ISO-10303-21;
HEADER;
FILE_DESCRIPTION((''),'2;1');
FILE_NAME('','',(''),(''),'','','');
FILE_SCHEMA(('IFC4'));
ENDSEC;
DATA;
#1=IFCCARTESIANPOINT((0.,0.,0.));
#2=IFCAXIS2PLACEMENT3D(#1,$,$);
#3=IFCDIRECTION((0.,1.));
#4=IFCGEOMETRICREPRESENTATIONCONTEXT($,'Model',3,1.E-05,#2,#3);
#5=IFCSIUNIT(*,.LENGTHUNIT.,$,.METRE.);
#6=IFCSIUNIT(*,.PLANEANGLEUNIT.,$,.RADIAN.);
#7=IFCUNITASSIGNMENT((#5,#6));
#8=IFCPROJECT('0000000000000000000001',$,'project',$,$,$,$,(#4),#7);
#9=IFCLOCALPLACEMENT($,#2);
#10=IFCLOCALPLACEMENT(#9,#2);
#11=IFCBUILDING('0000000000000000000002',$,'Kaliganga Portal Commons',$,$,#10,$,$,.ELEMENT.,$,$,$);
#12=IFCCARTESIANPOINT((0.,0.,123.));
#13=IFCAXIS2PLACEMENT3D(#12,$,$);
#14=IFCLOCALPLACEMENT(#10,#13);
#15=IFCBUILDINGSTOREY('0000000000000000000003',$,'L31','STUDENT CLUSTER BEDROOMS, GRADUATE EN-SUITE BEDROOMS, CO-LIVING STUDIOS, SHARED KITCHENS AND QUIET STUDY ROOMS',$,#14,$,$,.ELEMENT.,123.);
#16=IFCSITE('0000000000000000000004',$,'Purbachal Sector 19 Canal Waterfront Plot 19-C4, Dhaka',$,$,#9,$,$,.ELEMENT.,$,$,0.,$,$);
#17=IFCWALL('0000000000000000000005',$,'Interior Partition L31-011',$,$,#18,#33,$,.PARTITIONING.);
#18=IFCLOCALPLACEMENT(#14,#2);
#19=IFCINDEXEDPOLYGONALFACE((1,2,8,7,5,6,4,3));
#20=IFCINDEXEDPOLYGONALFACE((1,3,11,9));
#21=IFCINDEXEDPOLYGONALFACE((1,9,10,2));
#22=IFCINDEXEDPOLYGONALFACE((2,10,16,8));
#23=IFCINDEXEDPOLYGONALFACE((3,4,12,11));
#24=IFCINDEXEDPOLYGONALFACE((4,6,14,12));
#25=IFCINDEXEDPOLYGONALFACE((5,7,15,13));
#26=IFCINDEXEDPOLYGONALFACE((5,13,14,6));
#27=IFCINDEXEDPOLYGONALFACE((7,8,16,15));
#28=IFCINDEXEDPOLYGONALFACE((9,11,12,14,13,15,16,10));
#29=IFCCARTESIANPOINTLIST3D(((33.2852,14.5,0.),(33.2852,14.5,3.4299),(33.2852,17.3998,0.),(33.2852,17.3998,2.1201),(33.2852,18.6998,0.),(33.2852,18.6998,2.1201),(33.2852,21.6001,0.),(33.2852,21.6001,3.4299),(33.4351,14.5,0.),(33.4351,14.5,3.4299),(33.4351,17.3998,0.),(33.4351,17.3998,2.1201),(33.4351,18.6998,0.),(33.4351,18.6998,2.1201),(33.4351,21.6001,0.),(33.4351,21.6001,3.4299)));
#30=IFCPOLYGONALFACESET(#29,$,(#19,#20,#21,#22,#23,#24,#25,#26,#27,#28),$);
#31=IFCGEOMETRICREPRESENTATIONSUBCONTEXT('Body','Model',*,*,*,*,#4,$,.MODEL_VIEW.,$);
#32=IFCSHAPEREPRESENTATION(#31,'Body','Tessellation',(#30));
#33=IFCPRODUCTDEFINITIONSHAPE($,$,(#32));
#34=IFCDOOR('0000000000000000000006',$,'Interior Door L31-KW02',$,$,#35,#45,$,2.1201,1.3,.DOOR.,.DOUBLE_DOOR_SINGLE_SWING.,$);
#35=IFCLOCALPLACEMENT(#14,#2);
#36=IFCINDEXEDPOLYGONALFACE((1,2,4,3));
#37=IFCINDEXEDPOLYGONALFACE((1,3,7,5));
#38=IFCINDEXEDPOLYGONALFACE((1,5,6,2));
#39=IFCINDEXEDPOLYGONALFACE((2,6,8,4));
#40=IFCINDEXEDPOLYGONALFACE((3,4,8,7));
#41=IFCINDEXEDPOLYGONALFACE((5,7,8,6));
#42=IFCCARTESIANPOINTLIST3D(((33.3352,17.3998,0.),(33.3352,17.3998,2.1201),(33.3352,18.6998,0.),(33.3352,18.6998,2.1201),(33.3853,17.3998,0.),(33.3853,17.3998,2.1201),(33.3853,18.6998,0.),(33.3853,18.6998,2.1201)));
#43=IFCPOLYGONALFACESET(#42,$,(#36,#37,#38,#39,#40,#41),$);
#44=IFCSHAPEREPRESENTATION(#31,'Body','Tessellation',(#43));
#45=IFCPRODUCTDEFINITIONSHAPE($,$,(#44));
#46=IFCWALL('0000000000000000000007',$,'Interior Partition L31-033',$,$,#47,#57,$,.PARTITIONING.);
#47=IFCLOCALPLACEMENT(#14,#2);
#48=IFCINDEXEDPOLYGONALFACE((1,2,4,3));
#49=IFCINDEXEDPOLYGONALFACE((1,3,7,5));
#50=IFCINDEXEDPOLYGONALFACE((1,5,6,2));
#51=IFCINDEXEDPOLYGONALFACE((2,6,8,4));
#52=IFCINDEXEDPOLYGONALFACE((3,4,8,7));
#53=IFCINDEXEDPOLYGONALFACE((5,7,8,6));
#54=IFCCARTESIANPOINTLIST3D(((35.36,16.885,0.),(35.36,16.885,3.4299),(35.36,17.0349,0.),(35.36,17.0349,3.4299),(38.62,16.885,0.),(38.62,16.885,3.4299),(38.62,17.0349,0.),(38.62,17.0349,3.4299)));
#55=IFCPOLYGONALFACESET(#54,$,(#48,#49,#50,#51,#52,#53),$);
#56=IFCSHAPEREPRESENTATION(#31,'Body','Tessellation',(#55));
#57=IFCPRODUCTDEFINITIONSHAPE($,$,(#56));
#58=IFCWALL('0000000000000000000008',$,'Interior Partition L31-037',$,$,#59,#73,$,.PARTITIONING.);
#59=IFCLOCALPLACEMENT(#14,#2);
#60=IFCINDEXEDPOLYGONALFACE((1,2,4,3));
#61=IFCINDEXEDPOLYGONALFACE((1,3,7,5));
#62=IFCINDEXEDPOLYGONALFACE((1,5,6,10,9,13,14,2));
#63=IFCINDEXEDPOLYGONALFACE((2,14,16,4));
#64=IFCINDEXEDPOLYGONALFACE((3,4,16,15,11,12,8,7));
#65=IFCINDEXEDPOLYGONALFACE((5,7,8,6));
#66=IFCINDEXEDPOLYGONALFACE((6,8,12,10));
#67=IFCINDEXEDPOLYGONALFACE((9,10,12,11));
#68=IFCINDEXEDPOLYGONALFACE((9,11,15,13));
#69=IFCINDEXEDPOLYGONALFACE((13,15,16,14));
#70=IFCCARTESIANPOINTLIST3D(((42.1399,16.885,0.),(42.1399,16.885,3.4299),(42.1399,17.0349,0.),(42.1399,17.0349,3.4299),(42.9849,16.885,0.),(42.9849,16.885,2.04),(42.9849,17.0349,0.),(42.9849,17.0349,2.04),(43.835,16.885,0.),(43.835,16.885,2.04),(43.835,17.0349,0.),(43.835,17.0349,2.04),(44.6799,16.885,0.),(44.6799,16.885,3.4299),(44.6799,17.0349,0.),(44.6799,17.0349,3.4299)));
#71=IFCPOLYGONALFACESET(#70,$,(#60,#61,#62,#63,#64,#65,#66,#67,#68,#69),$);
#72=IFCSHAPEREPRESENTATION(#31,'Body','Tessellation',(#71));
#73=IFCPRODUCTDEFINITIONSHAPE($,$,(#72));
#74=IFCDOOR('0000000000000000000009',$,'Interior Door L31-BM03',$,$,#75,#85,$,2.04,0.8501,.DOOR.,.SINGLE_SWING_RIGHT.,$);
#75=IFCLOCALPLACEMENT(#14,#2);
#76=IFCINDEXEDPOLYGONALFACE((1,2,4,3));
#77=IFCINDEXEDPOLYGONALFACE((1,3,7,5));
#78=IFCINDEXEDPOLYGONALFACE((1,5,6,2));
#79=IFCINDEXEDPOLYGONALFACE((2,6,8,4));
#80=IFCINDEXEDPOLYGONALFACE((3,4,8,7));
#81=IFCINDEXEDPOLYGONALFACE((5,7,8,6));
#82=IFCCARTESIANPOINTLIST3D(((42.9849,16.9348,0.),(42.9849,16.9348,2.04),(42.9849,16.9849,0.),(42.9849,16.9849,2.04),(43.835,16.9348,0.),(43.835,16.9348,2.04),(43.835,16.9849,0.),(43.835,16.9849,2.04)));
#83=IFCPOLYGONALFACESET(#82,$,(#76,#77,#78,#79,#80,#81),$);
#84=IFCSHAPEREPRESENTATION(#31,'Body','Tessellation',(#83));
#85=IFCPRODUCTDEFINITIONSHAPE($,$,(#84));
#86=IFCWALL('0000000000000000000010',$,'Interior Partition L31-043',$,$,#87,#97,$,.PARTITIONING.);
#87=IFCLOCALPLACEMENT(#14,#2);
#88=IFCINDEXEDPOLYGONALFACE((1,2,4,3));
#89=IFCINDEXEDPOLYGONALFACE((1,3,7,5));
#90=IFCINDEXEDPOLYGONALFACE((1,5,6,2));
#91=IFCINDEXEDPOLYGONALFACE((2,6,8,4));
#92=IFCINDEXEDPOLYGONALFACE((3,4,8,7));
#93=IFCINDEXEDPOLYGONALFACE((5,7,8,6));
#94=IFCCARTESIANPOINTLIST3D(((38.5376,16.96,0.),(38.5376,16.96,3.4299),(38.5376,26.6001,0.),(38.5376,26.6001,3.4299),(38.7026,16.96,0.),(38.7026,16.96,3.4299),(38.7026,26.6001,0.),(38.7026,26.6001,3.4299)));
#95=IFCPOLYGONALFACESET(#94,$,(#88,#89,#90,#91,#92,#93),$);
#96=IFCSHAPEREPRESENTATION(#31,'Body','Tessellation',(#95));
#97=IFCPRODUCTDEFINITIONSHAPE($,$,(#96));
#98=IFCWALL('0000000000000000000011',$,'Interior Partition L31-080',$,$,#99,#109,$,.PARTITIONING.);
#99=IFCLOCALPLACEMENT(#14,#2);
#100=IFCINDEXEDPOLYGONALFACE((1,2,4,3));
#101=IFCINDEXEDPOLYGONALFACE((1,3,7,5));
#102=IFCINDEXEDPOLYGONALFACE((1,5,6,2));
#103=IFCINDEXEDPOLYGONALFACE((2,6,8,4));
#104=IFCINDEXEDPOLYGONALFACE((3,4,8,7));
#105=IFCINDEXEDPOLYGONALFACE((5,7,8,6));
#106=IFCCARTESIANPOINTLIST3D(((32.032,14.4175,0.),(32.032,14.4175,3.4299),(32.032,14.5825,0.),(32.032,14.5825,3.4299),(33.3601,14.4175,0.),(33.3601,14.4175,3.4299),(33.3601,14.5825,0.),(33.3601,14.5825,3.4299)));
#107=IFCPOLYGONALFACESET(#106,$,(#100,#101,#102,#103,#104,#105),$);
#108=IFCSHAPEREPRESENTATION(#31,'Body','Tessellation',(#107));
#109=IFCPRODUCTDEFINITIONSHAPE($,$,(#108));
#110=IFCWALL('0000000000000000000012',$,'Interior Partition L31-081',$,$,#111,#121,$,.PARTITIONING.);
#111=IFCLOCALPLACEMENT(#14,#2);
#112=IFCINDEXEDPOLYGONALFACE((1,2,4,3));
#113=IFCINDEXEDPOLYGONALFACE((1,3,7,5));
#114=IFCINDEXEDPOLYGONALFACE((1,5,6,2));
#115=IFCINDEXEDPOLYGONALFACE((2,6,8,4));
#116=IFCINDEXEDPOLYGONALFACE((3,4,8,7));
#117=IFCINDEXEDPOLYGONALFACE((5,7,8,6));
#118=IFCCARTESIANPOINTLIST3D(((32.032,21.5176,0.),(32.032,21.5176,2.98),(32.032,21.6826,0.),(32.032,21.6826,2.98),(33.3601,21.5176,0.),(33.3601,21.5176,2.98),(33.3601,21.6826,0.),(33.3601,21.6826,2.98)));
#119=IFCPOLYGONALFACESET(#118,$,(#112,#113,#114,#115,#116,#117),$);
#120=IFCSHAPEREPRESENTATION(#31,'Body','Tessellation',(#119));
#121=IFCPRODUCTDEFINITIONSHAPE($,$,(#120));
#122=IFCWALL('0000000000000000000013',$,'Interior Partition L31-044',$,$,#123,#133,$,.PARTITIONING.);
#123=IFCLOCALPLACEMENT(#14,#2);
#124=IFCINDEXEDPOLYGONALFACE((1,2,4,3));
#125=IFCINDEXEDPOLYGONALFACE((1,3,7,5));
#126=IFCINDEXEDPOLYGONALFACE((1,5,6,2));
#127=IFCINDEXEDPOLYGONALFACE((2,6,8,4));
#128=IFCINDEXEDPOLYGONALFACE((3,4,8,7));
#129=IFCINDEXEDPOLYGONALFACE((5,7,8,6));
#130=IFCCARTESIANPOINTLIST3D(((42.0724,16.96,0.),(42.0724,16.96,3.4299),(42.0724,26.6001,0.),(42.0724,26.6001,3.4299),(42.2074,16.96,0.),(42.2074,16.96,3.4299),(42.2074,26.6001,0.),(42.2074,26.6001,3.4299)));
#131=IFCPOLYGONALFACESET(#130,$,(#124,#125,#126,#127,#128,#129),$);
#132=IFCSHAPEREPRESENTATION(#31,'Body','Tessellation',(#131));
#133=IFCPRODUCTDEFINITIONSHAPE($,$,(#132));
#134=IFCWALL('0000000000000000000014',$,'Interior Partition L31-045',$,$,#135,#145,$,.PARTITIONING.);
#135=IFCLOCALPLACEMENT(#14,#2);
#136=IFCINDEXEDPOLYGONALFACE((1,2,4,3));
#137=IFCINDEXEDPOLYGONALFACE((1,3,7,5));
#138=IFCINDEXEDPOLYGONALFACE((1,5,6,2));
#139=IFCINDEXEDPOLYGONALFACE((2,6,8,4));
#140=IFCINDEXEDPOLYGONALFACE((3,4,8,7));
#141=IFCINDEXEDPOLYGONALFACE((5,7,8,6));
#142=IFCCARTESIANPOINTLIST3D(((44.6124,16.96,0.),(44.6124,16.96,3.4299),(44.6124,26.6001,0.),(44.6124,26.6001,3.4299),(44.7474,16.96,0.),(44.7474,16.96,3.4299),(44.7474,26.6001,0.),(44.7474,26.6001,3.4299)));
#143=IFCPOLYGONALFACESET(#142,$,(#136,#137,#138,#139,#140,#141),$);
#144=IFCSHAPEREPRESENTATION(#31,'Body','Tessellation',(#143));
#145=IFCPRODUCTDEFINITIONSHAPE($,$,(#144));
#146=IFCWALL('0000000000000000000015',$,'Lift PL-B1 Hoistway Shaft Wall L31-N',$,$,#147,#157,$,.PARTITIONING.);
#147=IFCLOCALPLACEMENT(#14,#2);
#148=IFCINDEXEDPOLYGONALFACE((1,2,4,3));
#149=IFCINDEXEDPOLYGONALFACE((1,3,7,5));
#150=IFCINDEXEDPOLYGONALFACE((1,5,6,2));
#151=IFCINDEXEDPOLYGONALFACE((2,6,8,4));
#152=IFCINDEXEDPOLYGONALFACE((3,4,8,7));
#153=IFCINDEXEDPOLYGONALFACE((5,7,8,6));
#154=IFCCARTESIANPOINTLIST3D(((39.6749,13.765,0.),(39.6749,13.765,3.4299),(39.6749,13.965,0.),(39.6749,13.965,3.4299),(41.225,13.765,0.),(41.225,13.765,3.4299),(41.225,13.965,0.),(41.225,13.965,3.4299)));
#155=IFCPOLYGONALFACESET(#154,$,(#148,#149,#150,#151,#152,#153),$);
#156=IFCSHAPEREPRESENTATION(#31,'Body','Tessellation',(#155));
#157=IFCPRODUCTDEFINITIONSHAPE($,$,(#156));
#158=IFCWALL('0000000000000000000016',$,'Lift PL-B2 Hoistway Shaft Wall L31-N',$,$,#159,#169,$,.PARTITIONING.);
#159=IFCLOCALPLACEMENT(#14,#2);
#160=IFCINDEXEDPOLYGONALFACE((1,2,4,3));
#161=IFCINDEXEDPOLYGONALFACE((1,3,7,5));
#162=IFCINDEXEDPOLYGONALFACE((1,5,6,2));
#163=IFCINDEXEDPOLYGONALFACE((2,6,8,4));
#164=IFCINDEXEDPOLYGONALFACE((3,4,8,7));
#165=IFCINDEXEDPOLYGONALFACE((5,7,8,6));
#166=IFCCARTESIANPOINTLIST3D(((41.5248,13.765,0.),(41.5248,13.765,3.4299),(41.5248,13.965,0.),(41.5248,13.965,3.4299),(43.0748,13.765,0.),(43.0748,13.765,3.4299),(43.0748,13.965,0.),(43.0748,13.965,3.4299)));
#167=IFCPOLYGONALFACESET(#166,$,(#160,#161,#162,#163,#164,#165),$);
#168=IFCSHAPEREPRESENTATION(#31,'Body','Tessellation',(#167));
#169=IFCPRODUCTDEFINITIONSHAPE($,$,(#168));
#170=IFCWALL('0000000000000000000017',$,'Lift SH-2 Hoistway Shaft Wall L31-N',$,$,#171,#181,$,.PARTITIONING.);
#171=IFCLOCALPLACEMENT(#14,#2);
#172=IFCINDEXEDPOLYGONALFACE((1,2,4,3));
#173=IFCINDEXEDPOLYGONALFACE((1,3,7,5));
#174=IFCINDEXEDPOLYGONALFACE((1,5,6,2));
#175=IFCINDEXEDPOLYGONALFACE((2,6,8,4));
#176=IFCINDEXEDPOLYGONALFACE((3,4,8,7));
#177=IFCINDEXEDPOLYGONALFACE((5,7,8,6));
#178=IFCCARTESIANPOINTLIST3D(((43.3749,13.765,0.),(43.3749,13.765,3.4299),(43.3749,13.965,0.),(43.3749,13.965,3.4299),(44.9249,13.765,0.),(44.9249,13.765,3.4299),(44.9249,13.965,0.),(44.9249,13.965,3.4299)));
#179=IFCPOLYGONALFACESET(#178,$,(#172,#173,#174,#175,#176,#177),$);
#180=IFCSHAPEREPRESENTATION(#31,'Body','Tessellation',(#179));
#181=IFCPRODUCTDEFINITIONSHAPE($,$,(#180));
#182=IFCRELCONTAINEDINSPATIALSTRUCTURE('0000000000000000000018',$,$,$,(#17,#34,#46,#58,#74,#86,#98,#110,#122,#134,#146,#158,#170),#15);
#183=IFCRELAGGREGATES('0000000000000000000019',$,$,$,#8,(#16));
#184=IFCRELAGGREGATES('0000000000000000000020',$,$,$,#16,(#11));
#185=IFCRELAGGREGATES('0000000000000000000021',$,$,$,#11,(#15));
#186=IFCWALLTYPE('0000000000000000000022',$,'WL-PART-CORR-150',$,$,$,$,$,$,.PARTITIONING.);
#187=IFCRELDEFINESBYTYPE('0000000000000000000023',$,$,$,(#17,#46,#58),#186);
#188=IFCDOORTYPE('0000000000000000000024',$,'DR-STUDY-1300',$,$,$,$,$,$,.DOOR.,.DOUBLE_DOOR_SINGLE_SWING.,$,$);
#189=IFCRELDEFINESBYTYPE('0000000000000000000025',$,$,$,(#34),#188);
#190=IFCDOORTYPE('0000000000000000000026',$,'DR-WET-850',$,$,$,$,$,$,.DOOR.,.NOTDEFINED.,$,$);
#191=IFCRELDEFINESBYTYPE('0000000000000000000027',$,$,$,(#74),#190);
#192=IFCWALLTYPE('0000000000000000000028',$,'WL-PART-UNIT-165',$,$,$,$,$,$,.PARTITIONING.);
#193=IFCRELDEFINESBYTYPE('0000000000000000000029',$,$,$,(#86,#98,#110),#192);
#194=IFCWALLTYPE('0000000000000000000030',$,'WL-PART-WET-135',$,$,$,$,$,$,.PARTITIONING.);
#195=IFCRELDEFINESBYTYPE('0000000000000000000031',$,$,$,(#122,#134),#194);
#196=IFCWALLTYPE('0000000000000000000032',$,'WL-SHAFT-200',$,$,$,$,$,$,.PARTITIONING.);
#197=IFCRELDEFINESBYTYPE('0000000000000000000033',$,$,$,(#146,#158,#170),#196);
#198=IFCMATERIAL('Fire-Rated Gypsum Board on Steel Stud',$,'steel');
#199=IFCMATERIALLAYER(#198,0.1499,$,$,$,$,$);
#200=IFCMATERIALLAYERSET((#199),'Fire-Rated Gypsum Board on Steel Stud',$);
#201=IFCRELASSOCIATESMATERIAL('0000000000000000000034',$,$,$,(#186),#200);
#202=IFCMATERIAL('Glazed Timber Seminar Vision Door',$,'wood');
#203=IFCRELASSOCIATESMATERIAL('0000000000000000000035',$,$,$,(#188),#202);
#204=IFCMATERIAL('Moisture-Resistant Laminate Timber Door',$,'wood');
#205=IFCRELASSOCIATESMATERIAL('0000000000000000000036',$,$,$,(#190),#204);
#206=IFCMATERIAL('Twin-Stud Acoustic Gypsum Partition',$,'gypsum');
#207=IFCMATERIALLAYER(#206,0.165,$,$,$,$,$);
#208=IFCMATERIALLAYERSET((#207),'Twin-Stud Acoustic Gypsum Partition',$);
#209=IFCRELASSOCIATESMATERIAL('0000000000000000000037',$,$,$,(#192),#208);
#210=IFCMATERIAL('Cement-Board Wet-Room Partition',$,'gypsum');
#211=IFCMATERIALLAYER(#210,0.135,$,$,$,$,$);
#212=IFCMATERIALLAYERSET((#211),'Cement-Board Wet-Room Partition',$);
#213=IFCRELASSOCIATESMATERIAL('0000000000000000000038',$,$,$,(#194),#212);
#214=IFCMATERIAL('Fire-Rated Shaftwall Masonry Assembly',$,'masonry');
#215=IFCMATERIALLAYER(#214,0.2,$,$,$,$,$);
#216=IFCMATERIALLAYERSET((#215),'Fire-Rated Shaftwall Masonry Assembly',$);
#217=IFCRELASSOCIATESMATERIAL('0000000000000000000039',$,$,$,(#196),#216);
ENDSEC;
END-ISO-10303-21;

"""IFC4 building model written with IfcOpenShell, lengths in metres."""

from ifc_helpers import new_model, si_unit, direction, frame, frame_2d, origin, place, context, subcontext, project, spatial, rectangle, extrude, material, layer, layer_set, type_object, element, fill, save


model = new_model("IFC4")

# Units and contexts
model_context = context("Model", 3, precision=1e-05, world=origin(), true_north=direction((0.0, 1.0)))
body_context = subcontext(model_context, "Body", "Model", "MODEL_VIEW")
ifc_project = project(units=[si_unit("LENGTHUNIT", "METRE"), si_unit("PLANEANGLEUNIT", "RADIAN")], contexts=[model_context])

# Site, building, storey
site_placement = place(None, origin())
site = spatial("IfcSite", under=ifc_project, at=site_placement, Name="Purbachal Sector 19 Canal Waterfront Plot 19-C4, Dhaka", CompositionType="ELEMENT", RefElevation=0.0)
building_placement = place(site_placement, origin())
building = spatial("IfcBuilding", under=site, at=building_placement, Name="Kaliganga Portal Commons", CompositionType="ELEMENT")
storey_placement = place(building_placement, frame((0.0, 0.0, 123.0)))
storey = spatial("IfcBuildingStorey", under=building, at=storey_placement, Name="L31", Description="STUDENT CLUSTER BEDROOMS, GRADUATE EN-SUITE BEDROOMS, CO-LIVING STUDIOS, SHARED KITCHENS AND QUIET STUDY ROOMS", CompositionType="ELEMENT", Elevation=123.0)

# Wall, opening, door
ifc_material_1 = material(Name="Fire-Rated Gypsum Board on Steel Stud", Category="steel")
ifc_layer_1 = layer(ifc_material_1, 0.1499)
ifc_layer_set_1 = layer_set([ifc_layer_1], Name="Fire-Rated Gypsum Board on Steel Stud")
wall_type_1 = type_object("IfcWallType", Name="WL-PART-CORR-150", PredefinedType="PARTITIONING", material=ifc_layer_set_1)
ifc_material_2 = material(Name="Glazed Timber Seminar Vision Door", Category="wood")
door_type_1 = type_object("IfcDoorType", Name="DR-STUDY-1300", OperationType="DOUBLE_DOOR_SINGLE_SWING", PredefinedType="DOOR", material=ifc_material_2)
wall_1_placement = place(storey_placement, frame((33.3601, 14.5, 0.0), z_axis=(0.0, 0.0, 1.0), x_axis=(0.0, 1.0, 0.0)))
wall_1 = element("IfcWall", 1, at=wall_1_placement, inside=storey, type_object=wall_type_1, Name="Interior Partition L31-011", PredefinedType="PARTITIONING", context=body_context, shape_type="SweptSolid", body=[
    extrude(rectangle(XDim=7.1001, YDim=0.1499, at=frame_2d((3.55, 0.0))), origin(), (0.0, 0.0, 1.0), 3.4299),
])
opening_1_placement = place(wall_1_placement, frame((2.8999, 0.0, 0.0)))
opening_1 = element("IfcOpeningElement", 2, at=opening_1_placement, cuts=wall_1, PredefinedType="OPENING", context=body_context, shape_type="SweptSolid", body=[
    extrude(rectangle(XDim=1.3, YDim=2.1201, at=frame_2d((0.6499, 1.0601))), frame((0.0, 0.085, 0.0), z_axis=(0.0, -1.0, 0.0), x_axis=(1.0, 0.0, 0.0)), (0.0, 0.0, 1.0), 0.1699),
])
door_1_placement = place(opening_1_placement, origin())
door_1 = element("IfcDoor", 3, at=door_1_placement, inside=storey, type_object=door_type_1, Name="Interior Door L31-KW02", OperationType="DOUBLE_DOOR_SINGLE_SWING", OverallHeight=2.1201, OverallWidth=1.3, PredefinedType="DOOR", context=body_context, shape_type="SweptSolid", body=[
    extrude(rectangle(XDim=1.3, YDim=2.1201, at=frame_2d((0.6499, 1.0601))), frame((0.0, 0.0249, 0.0), z_axis=(0.0, -1.0, 0.0), x_axis=(1.0, 0.0, 0.0)), (0.0, 0.0, 1.0), 0.05),
])
fill(opening_1, door_1)

# Wall
wall_2_placement = place(storey_placement, frame((35.3601, 16.96, 0.0), z_axis=(0.0, 0.0, 1.0), x_axis=(1.0, 0.0, 0.0)))
element("IfcWall", 4, at=wall_2_placement, inside=storey, type_object=wall_type_1, Name="Interior Partition L31-033", PredefinedType="PARTITIONING", context=body_context, shape_type="SweptSolid", body=[
    extrude(rectangle(XDim=3.26, YDim=0.1499, at=frame_2d((1.6299, 0.0))), origin(), (0.0, 0.0, 1.0), 3.4299),
])

# Wall, opening, door
wall_3_placement = place(storey_placement, frame((42.1399, 16.96, 0.0), z_axis=(0.0, 0.0, 1.0), x_axis=(1.0, 0.0, 0.0)))
wall_3 = element("IfcWall", 5, at=wall_3_placement, inside=storey, type_object=wall_type_1, Name="Interior Partition L31-037", PredefinedType="PARTITIONING", context=body_context, shape_type="SweptSolid", body=[
    extrude(rectangle(XDim=2.54, YDim=0.1499, at=frame_2d((1.27, 0.0))), origin(), (0.0, 0.0, 1.0), 3.4299),
])
opening_2_placement = place(wall_3_placement, frame((0.845, 0.0, 0.0)))
opening_2 = element("IfcOpeningElement", 6, at=opening_2_placement, cuts=wall_3, PredefinedType="OPENING", context=body_context, shape_type="SweptSolid", body=[
    extrude(rectangle(XDim=0.8501, YDim=2.04, at=frame_2d((0.425, 1.02))), frame((0.0, 0.085, 0.0), z_axis=(0.0, -1.0, 0.0), x_axis=(1.0, 0.0, 0.0)), (0.0, 0.0, 1.0), 0.1699),
])
ifc_material_3 = material(Name="Moisture-Resistant Laminate Timber Door", Category="wood")
door_type_2 = type_object("IfcDoorType", Name="DR-WET-850", OperationType="NOTDEFINED", PredefinedType="DOOR", material=ifc_material_3)
door_2_placement = place(opening_2_placement, origin())
door_2 = element("IfcDoor", 7, at=door_2_placement, inside=storey, type_object=door_type_2, Name="Interior Door L31-BM03", OperationType="SINGLE_SWING_RIGHT", OverallHeight=2.04, OverallWidth=0.8501, PredefinedType="DOOR", context=body_context, shape_type="SweptSolid", body=[
    extrude(rectangle(XDim=0.8501, YDim=2.04, at=frame_2d((0.425, 1.02))), frame((0.0, 0.0249, 0.0), z_axis=(0.0, -1.0, 0.0), x_axis=(1.0, 0.0, 0.0)), (0.0, 0.0, 1.0), 0.05),
])
fill(opening_2, door_2)

# Walls
ifc_material_4 = material(Name="Twin-Stud Acoustic Gypsum Partition", Category="gypsum")
ifc_layer_2 = layer(ifc_material_4, 0.165)
ifc_layer_set_2 = layer_set([ifc_layer_2], Name="Twin-Stud Acoustic Gypsum Partition")
wall_type_2 = type_object("IfcWallType", Name="WL-PART-UNIT-165", PredefinedType="PARTITIONING", material=ifc_layer_set_2)
wall_4_placement = place(storey_placement, frame((38.6201, 16.96, 0.0), z_axis=(0.0, 0.0, 1.0), x_axis=(0.0, 1.0, 0.0)))
element("IfcWall", 8, at=wall_4_placement, inside=storey, type_object=wall_type_2, Name="Interior Partition L31-043", PredefinedType="PARTITIONING", context=body_context, shape_type="SweptSolid", body=[
    extrude(rectangle(XDim=9.6401, YDim=0.165, at=frame_2d((4.8201, 0.0))), origin(), (0.0, 0.0, 1.0), 3.4299),
])
wall_5_placement = place(storey_placement, frame((32.032, 14.5, 0.0), z_axis=(0.0, 0.0, 1.0), x_axis=(1.0, 0.0, 0.0)))
element("IfcWall", 9, at=wall_5_placement, inside=storey, type_object=wall_type_2, Name="Interior Partition L31-080", PredefinedType="PARTITIONING", context=body_context, shape_type="SweptSolid", body=[
    extrude(rectangle(XDim=1.3281, YDim=0.165, at=frame_2d((0.6641, 0.0))), origin(), (0.0, 0.0, 1.0), 3.4299),
])
wall_6_placement = place(storey_placement, frame((32.032, 21.6001, 0.0), z_axis=(0.0, 0.0, 1.0), x_axis=(1.0, 0.0, 0.0)))
element("IfcWall", 10, at=wall_6_placement, inside=storey, type_object=wall_type_2, Name="Interior Partition L31-081", PredefinedType="PARTITIONING", context=body_context, shape_type="SweptSolid", body=[
    extrude(rectangle(XDim=1.3281, YDim=0.165, at=frame_2d((0.6641, 0.0))), origin(), (0.0, 0.0, 1.0), 2.98),
])
ifc_material_5 = material(Name="Cement-Board Wet-Room Partition", Category="gypsum")
ifc_layer_3 = layer(ifc_material_5, 0.135)
ifc_layer_set_3 = layer_set([ifc_layer_3], Name="Cement-Board Wet-Room Partition")
wall_type_3 = type_object("IfcWallType", Name="WL-PART-WET-135", PredefinedType="PARTITIONING", material=ifc_layer_set_3)
for number, where, z_axis, x_axis, name in (
    (11, (42.1399, 16.96, 0.0), (0.0, 0.0, 1.0), (0.0, 1.0, 0.0), "Interior Partition L31-044"),
    (12, (44.6799, 16.96, 0.0), (0.0, 0.0, 1.0), (0.0, 1.0, 0.0), "Interior Partition L31-045"),
):
    element("IfcWall", number, at=place(storey_placement, frame(where, z_axis=z_axis, x_axis=x_axis)), inside=storey, type_object=wall_type_3, Name=name, PredefinedType="PARTITIONING", context=body_context, shape_type="SweptSolid", body=[
        extrude(rectangle(XDim=9.6401, YDim=0.135, at=frame_2d((4.8201, 0.0))), origin(), (0.0, 0.0, 1.0), 3.4299),
    ])
ifc_material_6 = material(Name="Fire-Rated Shaftwall Masonry Assembly", Category="masonry")
ifc_layer_4 = layer(ifc_material_6, 0.2)
ifc_layer_set_4 = layer_set([ifc_layer_4], Name="Fire-Rated Shaftwall Masonry Assembly")
wall_type_4 = type_object("IfcWallType", Name="WL-SHAFT-200", PredefinedType="PARTITIONING", material=ifc_layer_set_4)
for number, where, z_axis, x_axis, name in (
    (13, (39.675, 13.865, 0.0), (0.0, 0.0, 1.0), (1.0, 0.0, 0.0), "Lift PL-B1 Hoistway Shaft Wall L31-N"),
    (14, (41.5249, 13.865, 0.0), (0.0, 0.0, 1.0), (1.0, 0.0, 0.0), "Lift PL-B2 Hoistway Shaft Wall L31-N"),
):
    element("IfcWall", number, at=place(storey_placement, frame(where, z_axis=z_axis, x_axis=x_axis)), inside=storey, type_object=wall_type_4, Name=name, PredefinedType="PARTITIONING", context=body_context, shape_type="SweptSolid", body=[
        extrude(rectangle(XDim=1.55, YDim=0.2, at=frame_2d((0.7749, 0.0))), origin(), (0.0, 0.0, 1.0), 3.4299),
    ])

# Wall
wall_7_placement = place(storey_placement, frame((43.375, 13.865, 0.0), z_axis=(0.0, 0.0, 1.0), x_axis=(1.0, 0.0, 0.0)))
element("IfcWall", 15, at=wall_7_placement, inside=storey, type_object=wall_type_4, Name="Lift SH-2 Hoistway Shaft Wall L31-N", PredefinedType="PARTITIONING", context=body_context, shape_type="SweptSolid", body=[
    extrude(rectangle(XDim=1.55, YDim=0.2, at=frame_2d((0.7749, 0.0))), origin(), (0.0, 0.0, 1.0), 3.4299),
])

save(model, "model.ifc")
